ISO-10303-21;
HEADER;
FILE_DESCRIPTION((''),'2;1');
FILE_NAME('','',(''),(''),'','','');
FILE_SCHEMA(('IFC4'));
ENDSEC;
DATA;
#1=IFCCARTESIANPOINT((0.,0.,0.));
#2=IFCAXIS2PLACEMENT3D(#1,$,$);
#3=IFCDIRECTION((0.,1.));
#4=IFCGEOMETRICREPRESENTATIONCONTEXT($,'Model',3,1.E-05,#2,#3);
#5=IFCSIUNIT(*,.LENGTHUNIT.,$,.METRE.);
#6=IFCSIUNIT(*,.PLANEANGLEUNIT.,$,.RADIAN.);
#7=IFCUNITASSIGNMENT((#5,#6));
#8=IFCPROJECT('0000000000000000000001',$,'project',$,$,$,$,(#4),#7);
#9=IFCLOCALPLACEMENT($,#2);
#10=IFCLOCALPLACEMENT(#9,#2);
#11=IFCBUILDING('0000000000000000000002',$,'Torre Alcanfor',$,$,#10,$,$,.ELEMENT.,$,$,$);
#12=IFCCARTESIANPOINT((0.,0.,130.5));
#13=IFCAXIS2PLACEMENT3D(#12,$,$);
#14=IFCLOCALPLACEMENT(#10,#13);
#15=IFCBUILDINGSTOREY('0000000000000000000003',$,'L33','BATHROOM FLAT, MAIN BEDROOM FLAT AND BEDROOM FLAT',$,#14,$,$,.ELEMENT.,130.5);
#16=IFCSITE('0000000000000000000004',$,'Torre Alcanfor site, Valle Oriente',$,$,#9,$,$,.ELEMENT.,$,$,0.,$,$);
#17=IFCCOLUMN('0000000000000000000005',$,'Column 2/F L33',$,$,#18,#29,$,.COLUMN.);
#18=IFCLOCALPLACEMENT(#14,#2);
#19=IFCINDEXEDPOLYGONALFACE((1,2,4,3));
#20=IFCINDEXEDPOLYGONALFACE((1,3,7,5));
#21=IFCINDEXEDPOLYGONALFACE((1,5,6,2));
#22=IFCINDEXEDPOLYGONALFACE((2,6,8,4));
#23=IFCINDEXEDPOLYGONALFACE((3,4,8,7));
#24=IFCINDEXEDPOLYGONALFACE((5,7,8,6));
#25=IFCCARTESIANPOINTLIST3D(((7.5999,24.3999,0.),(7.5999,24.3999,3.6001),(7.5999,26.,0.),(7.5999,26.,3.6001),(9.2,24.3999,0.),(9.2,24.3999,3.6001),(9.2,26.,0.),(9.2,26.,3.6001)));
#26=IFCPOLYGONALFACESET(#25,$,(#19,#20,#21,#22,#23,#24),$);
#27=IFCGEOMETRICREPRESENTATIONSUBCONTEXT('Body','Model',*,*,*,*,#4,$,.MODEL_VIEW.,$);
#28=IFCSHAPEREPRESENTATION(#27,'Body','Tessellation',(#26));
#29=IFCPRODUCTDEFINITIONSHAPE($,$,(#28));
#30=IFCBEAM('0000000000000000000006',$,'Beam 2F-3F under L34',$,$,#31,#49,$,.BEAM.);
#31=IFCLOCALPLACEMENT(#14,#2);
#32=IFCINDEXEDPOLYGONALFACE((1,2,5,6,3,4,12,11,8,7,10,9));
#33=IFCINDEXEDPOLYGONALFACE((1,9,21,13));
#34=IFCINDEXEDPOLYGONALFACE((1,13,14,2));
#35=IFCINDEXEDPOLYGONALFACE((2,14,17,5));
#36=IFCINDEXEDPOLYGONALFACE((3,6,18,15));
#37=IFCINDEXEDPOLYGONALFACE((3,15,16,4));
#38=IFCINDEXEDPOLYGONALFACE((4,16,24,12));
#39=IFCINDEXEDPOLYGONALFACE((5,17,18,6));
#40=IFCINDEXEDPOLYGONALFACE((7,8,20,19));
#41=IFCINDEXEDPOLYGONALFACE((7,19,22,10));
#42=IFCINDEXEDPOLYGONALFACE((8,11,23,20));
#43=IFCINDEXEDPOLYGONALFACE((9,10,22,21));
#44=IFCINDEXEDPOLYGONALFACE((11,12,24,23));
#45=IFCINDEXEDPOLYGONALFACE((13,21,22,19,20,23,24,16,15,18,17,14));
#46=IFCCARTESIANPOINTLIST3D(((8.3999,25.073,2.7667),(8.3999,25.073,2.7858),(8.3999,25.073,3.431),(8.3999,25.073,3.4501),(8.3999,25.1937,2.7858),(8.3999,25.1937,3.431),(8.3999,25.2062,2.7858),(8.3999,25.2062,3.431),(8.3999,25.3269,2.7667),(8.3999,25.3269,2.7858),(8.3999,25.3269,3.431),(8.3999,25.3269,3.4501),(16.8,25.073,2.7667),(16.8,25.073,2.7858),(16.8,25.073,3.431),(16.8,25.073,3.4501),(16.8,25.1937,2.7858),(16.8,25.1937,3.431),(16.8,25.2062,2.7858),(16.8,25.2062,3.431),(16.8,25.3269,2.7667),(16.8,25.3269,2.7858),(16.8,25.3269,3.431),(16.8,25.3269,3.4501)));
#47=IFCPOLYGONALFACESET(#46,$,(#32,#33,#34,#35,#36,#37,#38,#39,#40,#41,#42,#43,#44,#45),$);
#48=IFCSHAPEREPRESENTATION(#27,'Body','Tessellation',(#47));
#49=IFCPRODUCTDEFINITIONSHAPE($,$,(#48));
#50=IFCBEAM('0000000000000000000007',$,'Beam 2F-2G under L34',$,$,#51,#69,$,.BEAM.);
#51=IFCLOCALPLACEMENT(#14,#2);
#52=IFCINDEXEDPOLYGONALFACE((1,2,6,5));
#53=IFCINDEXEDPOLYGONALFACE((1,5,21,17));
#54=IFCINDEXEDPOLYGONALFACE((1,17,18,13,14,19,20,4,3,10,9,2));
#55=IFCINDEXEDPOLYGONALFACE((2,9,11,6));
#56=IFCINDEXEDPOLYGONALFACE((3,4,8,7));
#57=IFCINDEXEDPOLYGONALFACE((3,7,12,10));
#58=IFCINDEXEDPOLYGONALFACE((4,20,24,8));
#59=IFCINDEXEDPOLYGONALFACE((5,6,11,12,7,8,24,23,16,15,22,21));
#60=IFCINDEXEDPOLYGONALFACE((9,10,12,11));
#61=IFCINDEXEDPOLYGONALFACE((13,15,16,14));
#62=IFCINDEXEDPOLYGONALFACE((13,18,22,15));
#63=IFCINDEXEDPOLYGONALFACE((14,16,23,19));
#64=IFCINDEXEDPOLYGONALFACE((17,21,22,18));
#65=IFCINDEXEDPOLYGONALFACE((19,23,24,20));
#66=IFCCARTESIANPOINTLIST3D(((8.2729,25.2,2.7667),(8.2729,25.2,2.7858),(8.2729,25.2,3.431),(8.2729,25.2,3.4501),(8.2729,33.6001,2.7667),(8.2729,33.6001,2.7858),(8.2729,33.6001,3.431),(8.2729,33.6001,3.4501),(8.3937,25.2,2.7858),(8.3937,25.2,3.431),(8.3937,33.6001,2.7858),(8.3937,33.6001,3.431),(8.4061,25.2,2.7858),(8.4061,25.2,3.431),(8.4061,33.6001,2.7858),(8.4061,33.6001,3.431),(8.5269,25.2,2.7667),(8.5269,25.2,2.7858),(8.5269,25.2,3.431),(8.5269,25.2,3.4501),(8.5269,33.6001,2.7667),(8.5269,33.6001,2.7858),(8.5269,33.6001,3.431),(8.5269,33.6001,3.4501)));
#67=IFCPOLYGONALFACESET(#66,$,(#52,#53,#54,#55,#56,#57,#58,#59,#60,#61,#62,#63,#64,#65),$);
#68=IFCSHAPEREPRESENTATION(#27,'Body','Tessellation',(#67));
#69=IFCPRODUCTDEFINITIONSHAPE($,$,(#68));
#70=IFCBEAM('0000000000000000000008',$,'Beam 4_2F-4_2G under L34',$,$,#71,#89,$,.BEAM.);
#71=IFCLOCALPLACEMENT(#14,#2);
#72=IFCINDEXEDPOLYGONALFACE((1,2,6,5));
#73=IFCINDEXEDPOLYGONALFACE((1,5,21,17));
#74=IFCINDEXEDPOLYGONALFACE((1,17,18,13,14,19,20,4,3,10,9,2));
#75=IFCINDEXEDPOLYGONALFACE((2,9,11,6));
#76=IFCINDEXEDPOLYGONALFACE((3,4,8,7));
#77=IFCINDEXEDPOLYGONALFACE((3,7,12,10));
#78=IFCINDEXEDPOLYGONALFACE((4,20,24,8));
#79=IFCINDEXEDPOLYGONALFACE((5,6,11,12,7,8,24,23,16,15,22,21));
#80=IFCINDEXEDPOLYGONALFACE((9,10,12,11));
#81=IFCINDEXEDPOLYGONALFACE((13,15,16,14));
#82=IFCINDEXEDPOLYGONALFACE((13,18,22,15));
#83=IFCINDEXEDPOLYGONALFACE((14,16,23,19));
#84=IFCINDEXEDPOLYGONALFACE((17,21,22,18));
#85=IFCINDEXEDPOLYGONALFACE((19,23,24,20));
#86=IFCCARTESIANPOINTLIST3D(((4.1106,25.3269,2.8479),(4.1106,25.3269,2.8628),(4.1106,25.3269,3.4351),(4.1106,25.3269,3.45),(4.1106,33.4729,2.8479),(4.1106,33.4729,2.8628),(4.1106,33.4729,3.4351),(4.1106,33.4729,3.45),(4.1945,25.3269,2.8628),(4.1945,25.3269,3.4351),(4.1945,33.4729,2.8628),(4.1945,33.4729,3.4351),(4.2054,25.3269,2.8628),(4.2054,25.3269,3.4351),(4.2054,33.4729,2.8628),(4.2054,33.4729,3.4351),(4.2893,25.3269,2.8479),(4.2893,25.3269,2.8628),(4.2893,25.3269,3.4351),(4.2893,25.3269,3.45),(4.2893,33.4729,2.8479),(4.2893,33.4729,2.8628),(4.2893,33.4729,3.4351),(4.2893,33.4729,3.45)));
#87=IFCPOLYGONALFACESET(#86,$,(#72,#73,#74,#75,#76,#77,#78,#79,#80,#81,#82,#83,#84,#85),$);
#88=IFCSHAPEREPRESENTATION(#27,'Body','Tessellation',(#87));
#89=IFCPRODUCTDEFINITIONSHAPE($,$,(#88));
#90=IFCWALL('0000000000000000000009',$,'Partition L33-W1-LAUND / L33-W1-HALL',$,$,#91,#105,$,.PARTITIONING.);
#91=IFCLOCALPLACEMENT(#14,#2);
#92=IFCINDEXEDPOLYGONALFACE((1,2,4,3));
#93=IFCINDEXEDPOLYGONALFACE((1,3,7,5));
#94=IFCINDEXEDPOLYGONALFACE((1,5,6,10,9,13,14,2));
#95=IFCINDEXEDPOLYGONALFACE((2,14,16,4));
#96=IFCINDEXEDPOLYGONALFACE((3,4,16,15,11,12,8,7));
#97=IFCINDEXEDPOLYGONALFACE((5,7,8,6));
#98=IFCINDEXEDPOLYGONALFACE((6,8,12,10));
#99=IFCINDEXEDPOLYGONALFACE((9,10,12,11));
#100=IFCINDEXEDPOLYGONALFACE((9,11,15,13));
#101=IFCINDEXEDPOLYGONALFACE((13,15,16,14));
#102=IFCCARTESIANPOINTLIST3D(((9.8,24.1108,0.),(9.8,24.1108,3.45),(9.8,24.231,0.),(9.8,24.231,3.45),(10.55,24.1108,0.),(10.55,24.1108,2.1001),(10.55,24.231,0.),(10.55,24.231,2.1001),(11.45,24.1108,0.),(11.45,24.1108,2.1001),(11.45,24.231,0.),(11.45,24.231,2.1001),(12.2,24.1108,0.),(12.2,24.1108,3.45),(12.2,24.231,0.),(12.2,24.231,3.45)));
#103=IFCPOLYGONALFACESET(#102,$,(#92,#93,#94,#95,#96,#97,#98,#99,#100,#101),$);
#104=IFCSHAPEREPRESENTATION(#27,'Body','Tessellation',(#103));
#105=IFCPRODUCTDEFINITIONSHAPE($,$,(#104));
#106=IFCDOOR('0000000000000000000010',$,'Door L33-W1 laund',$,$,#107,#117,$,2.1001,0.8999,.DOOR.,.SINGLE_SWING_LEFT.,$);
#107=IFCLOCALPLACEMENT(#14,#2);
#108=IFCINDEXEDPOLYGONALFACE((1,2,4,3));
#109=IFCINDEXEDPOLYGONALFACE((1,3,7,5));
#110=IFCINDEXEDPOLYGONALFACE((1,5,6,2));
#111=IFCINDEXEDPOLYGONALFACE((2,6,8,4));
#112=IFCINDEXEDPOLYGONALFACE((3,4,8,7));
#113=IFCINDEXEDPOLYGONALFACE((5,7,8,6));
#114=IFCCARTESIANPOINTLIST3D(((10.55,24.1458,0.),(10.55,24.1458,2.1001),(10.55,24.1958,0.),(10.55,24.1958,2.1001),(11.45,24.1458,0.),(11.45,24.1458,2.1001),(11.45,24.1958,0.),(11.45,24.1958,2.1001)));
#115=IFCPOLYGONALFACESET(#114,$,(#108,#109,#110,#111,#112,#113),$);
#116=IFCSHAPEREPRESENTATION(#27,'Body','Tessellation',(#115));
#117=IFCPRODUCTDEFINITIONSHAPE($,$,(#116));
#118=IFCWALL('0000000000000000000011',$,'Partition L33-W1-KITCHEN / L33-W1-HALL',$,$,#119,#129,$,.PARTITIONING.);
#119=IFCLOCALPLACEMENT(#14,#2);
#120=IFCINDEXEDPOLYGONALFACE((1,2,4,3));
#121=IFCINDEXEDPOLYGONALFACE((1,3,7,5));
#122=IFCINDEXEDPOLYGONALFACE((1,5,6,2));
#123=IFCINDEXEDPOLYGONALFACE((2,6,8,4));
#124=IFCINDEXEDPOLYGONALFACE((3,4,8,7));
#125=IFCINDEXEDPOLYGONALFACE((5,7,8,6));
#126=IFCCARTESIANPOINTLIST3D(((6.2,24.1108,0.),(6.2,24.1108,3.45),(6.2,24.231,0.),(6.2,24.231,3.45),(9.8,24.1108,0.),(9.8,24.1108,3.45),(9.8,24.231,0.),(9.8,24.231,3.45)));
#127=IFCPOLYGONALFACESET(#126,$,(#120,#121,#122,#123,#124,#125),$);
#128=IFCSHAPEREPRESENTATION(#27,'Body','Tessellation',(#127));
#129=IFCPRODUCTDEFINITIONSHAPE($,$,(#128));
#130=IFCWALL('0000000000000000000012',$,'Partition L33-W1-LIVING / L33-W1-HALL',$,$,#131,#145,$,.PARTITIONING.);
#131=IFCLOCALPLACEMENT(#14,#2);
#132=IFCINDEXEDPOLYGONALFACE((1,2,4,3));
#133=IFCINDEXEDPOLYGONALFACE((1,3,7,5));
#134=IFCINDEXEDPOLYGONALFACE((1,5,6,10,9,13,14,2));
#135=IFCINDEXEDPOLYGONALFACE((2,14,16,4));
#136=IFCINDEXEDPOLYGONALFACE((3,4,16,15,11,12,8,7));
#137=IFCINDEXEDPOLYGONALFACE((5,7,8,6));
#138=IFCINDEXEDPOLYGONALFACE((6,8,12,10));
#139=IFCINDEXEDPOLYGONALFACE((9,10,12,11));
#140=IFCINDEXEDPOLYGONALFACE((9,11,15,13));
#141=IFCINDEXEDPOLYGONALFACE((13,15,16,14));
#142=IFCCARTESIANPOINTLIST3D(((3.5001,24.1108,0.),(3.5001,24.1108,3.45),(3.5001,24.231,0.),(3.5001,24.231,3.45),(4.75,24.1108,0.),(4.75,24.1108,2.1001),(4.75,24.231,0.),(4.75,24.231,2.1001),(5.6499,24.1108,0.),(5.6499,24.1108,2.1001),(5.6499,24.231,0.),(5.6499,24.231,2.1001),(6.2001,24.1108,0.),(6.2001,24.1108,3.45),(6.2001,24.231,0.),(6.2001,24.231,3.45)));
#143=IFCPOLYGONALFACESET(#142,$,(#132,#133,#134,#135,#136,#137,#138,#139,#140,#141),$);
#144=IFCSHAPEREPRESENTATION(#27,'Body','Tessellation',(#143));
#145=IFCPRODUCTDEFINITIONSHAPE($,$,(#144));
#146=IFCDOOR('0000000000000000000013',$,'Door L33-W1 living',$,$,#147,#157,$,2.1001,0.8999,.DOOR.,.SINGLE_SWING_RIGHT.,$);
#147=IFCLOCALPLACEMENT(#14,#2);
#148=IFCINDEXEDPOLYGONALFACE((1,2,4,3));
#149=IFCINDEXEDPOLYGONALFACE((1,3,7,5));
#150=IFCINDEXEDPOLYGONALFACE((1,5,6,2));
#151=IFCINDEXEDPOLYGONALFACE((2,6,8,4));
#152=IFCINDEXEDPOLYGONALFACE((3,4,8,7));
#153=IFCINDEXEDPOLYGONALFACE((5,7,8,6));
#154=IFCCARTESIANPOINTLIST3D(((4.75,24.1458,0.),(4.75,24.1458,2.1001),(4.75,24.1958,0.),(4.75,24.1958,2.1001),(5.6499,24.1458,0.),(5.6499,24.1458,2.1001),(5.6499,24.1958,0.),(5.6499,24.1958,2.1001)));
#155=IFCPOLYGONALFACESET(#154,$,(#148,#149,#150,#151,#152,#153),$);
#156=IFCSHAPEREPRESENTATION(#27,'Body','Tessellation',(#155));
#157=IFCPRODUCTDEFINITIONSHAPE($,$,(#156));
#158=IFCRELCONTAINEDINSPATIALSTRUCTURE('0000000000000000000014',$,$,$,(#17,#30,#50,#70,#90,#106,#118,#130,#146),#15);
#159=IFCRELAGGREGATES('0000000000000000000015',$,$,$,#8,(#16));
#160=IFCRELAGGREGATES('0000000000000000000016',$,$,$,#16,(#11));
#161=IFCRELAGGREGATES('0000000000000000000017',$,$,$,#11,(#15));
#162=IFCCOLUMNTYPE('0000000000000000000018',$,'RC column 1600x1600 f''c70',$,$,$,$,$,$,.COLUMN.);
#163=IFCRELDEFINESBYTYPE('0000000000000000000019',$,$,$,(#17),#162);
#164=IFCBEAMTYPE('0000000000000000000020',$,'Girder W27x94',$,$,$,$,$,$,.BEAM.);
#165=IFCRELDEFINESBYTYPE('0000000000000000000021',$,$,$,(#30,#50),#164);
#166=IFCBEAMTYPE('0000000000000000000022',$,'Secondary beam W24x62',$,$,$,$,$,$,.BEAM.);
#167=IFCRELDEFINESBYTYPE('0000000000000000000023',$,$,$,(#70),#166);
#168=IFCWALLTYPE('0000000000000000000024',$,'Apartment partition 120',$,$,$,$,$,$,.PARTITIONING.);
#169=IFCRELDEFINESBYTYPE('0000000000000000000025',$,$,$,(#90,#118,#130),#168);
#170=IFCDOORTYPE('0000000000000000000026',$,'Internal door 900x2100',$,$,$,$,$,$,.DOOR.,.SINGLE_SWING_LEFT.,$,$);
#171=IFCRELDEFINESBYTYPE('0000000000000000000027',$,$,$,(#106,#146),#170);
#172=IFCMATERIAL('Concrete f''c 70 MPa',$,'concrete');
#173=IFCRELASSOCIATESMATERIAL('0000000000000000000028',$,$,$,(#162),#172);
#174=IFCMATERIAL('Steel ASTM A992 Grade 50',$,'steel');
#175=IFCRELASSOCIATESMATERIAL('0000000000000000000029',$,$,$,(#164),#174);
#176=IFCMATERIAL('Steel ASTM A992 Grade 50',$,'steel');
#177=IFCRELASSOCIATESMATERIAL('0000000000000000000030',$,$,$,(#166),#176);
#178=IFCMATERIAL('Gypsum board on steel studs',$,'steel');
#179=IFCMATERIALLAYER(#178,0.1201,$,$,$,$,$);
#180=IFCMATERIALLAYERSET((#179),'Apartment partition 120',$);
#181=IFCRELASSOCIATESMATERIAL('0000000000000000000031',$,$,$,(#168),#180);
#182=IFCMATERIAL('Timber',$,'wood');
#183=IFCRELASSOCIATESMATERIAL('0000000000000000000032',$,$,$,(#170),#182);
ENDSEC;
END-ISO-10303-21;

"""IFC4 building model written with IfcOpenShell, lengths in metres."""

from ifc_helpers import new_model, si_unit, direction, frame, frame_2d, origin, origin_2d, place, context, subcontext, project, spatial, rectangle, i_section, extrude, material, layer, layer_set, material_profile, profile_set, type_object, element, fill, save


model = new_model("IFC4")

# Units and contexts
model_context = context("Model", 3, precision=1e-05, world=origin(), true_north=direction((0.0, 1.0)))
body_context = subcontext(model_context, "Body", "Model", "MODEL_VIEW")
ifc_project = project(units=[si_unit("LENGTHUNIT", "METRE"), si_unit("PLANEANGLEUNIT", "RADIAN")], contexts=[model_context])

# Site, building, storey
site_placement = place(None, origin())
site = spatial("IfcSite", under=ifc_project, at=site_placement, Name="Torre Alcanfor site, Valle Oriente", CompositionType="ELEMENT", RefElevation=0.0)
building_placement = place(site_placement, origin())
building = spatial("IfcBuilding", under=site, at=building_placement, Name="Torre Alcanfor", CompositionType="ELEMENT")
storey_placement = place(building_placement, frame((0.0, 0.0, 130.5)))
storey = spatial("IfcBuildingStorey", under=building, at=storey_placement, Name="L33", Description="BATHROOM FLAT, MAIN BEDROOM FLAT AND BEDROOM FLAT", CompositionType="ELEMENT", Elevation=130.5)

# Column
ifc_material_1 = material(Name="Concrete f'c 70 MPa", Category="concrete")
ifc_material_profile_1 = material_profile(ifc_material_1, rectangle(XDim=1.6001, YDim=1.6001, at=origin_2d()), Name="1600x1600")
ifc_profile_set_1 = profile_set([ifc_material_profile_1], Name="Concrete f'c 70 MPa")
column_type = type_object("IfcColumnType", Name="RC column 1600x1600 f'c70", PredefinedType="COLUMN", material=ifc_profile_set_1)
column_placement = place(storey_placement, frame((8.3999, 25.2, 0.0), z_axis=(0.0, 0.0, 1.0), x_axis=(1.0, 0.0, 0.0)))
element("IfcColumn", 1, at=column_placement, inside=storey, type_object=column_type, Name="Column 2/F L33", PredefinedType="COLUMN", context=body_context, shape_type="SweptSolid", body=[
    extrude(rectangle(XDim=1.6001, YDim=1.6001, at=origin_2d()), origin(), (0.0, 0.0, 1.0), 3.6001),
])

# Beams
ifc_material_2 = material(Name="Steel ASTM A992 Grade 50", Category="steel")
ifc_material_profile_2 = material_profile(ifc_material_2, i_section(OverallWidth=0.2539, OverallDepth=0.6833, WebThickness=0.0125, FlangeThickness=0.019, at=origin_2d()), Name="W27x94")
ifc_profile_set_2 = profile_set([ifc_material_profile_2], Name="Steel ASTM A992 Grade 50")
beam_type_1 = type_object("IfcBeamType", Name="Girder W27x94", PredefinedType="BEAM", material=ifc_profile_set_2)
for number, where, z_axis, x_axis, name in (
    (2, (8.3999, 25.2, 3.1084), (1.0, 0.0, 0.0), (0.0, 1.0, 0.0), "Beam 2F-3F under L34"),
    (3, (8.3999, 25.2, 3.1084), (0.0, 1.0, 0.0), (-1.0, 0.0, 0.0), "Beam 2F-2G under L34"),
):
    element("IfcBeam", number, at=place(storey_placement, frame(where, z_axis=z_axis, x_axis=x_axis)), inside=storey, type_object=beam_type_1, Name=name, PredefinedType="BEAM", context=body_context, shape_type="SweptSolid", body=[
        extrude(i_section(OverallWidth=0.2539, OverallDepth=0.6833, WebThickness=0.0125, FlangeThickness=0.019, at=origin_2d()), origin(), (0.0, 0.0, 1.0), 8.4001),
    ])
ifc_material_3 = material(Name="Steel ASTM A992 Grade 50", Category="steel")
ifc_material_profile_3 = material_profile(ifc_material_3, i_section(OverallWidth=0.1787, OverallDepth=0.6021, WebThickness=0.011, FlangeThickness=0.0149, at=origin_2d()), Name="W24x62")
ifc_profile_set_3 = profile_set([ifc_material_profile_3], Name="Steel ASTM A992 Grade 50")
beam_type_2 = type_object("IfcBeamType", Name="Secondary beam W24x62", PredefinedType="BEAM", material=ifc_profile_set_3)
beam_placement = place(storey_placement, frame((4.2, 25.3269, 3.1489), z_axis=(0.0, 1.0, 0.0), x_axis=(-1.0, 0.0, 0.0)))
element("IfcBeam", 4, at=beam_placement, inside=storey, type_object=beam_type_2, Name="Beam 4_2F-4_2G under L34", PredefinedType="BEAM", context=body_context, shape_type="SweptSolid", body=[
    extrude(i_section(OverallWidth=0.1787, OverallDepth=0.6021, WebThickness=0.011, FlangeThickness=0.0149, at=origin_2d()), origin(), (0.0, 0.0, 1.0), 8.146),
])

# Wall, opening, door
ifc_material_4 = material(Name="Gypsum board on steel studs", Category="steel")
ifc_layer_1 = layer(ifc_material_4, 0.1201)
ifc_layer_set_1 = layer_set([ifc_layer_1], Name="Apartment partition 120")
wall_type_1 = type_object("IfcWallType", Name="Apartment partition 120", PredefinedType="PARTITIONING", material=ifc_layer_set_1)
wall_1_placement = place(storey_placement, frame((9.8, 24.1709, 0.0), z_axis=(0.0, 0.0, 1.0), x_axis=(1.0, 0.0, 0.0)))
wall_1 = element("IfcWall", 5, at=wall_1_placement, inside=storey, type_object=wall_type_1, Name="Partition L33-W1-LAUND / L33-W1-HALL", PredefinedType="PARTITIONING", context=body_context, shape_type="SweptSolid", body=[
    extrude(rectangle(XDim=2.3999, YDim=0.1201, at=frame_2d((1.2, 0.0))), origin(), (0.0, 0.0, 1.0), 3.45),
])
opening_1_placement = place(wall_1_placement, frame((0.75, 0.0, 0.0)))
opening_1 = element("IfcOpeningElement", 6, at=opening_1_placement, cuts=wall_1, PredefinedType="OPENING", context=body_context, shape_type="SweptSolid", body=[
    extrude(rectangle(XDim=0.8999, YDim=2.1001, at=frame_2d((0.45, 1.05))), frame((0.0, 0.0701, 0.0), z_axis=(0.0, -1.0, 0.0), x_axis=(1.0, 0.0, 0.0)), (0.0, 0.0, 1.0), 0.1401),
])
ifc_material_5 = material(Name="Timber", Category="wood")
door_type_1 = type_object("IfcDoorType", Name="Internal door 900x2100", OperationType="SINGLE_SWING_LEFT", PredefinedType="DOOR", material=ifc_material_5)
door_1_placement = place(opening_1_placement, origin())
door_1 = element("IfcDoor", 7, at=door_1_placement, inside=storey, type_object=door_type_1, Name="Door L33-W1 laund", OperationType="SINGLE_SWING_LEFT", OverallHeight=2.1001, OverallWidth=0.8999, PredefinedType="DOOR", context=body_context, shape_type="SweptSolid", body=[
    extrude(rectangle(XDim=0.8999, YDim=2.1001, at=frame_2d((0.45, 1.05))), frame((0.0, 0.0249, 0.0), z_axis=(0.0, -1.0, 0.0), x_axis=(1.0, 0.0, 0.0)), (0.0, 0.0, 1.0), 0.05),
])
fill(opening_1, door_1)

# Wall
wall_2_placement = place(storey_placement, frame((6.2, 24.1709, 0.0), z_axis=(0.0, 0.0, 1.0), x_axis=(1.0, 0.0, 0.0)))
element("IfcWall", 8, at=wall_2_placement, inside=storey, type_object=wall_type_1, Name="Partition L33-W1-KITCHEN / L33-W1-HALL", PredefinedType="PARTITIONING", context=body_context, shape_type="SweptSolid", body=[
    extrude(rectangle(XDim=3.6001, YDim=0.1201, at=frame_2d((1.8, 0.0))), origin(), (0.0, 0.0, 1.0), 3.45),
])

# Wall, opening, door
wall_3_placement = place(storey_placement, frame((3.5, 24.1709, 0.0), z_axis=(0.0, 0.0, 1.0), x_axis=(1.0, 0.0, 0.0)))
wall_3 = element("IfcWall", 9, at=wall_3_placement, inside=storey, type_object=wall_type_1, Name="Partition L33-W1-LIVING / L33-W1-HALL", PredefinedType="PARTITIONING", context=body_context, shape_type="SweptSolid", body=[
    extrude(rectangle(XDim=2.7, YDim=0.1201, at=frame_2d((1.3501, 0.0))), origin(), (0.0, 0.0, 1.0), 3.45),
])
opening_2_placement = place(wall_3_placement, frame((1.25, 0.0, 0.0)))
opening_2 = element("IfcOpeningElement", 10, at=opening_2_placement, cuts=wall_3, PredefinedType="OPENING", context=body_context, shape_type="SweptSolid", body=[
    extrude(rectangle(XDim=0.8999, YDim=2.1001, at=frame_2d((0.45, 1.05))), frame((0.0, 0.0701, 0.0), z_axis=(0.0, -1.0, 0.0), x_axis=(1.0, 0.0, 0.0)), (0.0, 0.0, 1.0), 0.1401),
])
door_2_placement = place(opening_2_placement, origin())
door_2 = element("IfcDoor", 11, at=door_2_placement, inside=storey, type_object=door_type_1, Name="Door L33-W1 living", OperationType="SINGLE_SWING_RIGHT", OverallHeight=2.1001, OverallWidth=0.8999, PredefinedType="DOOR", context=body_context, shape_type="SweptSolid", body=[
    extrude(rectangle(XDim=0.8999, YDim=2.1001, at=frame_2d((0.45, 1.05))), frame((0.0, 0.0249, 0.0), z_axis=(0.0, -1.0, 0.0), x_axis=(1.0, 0.0, 0.0)), (0.0, 0.0, 1.0), 0.05),
])
fill(opening_2, door_2)

save(model, "model.ifc")
